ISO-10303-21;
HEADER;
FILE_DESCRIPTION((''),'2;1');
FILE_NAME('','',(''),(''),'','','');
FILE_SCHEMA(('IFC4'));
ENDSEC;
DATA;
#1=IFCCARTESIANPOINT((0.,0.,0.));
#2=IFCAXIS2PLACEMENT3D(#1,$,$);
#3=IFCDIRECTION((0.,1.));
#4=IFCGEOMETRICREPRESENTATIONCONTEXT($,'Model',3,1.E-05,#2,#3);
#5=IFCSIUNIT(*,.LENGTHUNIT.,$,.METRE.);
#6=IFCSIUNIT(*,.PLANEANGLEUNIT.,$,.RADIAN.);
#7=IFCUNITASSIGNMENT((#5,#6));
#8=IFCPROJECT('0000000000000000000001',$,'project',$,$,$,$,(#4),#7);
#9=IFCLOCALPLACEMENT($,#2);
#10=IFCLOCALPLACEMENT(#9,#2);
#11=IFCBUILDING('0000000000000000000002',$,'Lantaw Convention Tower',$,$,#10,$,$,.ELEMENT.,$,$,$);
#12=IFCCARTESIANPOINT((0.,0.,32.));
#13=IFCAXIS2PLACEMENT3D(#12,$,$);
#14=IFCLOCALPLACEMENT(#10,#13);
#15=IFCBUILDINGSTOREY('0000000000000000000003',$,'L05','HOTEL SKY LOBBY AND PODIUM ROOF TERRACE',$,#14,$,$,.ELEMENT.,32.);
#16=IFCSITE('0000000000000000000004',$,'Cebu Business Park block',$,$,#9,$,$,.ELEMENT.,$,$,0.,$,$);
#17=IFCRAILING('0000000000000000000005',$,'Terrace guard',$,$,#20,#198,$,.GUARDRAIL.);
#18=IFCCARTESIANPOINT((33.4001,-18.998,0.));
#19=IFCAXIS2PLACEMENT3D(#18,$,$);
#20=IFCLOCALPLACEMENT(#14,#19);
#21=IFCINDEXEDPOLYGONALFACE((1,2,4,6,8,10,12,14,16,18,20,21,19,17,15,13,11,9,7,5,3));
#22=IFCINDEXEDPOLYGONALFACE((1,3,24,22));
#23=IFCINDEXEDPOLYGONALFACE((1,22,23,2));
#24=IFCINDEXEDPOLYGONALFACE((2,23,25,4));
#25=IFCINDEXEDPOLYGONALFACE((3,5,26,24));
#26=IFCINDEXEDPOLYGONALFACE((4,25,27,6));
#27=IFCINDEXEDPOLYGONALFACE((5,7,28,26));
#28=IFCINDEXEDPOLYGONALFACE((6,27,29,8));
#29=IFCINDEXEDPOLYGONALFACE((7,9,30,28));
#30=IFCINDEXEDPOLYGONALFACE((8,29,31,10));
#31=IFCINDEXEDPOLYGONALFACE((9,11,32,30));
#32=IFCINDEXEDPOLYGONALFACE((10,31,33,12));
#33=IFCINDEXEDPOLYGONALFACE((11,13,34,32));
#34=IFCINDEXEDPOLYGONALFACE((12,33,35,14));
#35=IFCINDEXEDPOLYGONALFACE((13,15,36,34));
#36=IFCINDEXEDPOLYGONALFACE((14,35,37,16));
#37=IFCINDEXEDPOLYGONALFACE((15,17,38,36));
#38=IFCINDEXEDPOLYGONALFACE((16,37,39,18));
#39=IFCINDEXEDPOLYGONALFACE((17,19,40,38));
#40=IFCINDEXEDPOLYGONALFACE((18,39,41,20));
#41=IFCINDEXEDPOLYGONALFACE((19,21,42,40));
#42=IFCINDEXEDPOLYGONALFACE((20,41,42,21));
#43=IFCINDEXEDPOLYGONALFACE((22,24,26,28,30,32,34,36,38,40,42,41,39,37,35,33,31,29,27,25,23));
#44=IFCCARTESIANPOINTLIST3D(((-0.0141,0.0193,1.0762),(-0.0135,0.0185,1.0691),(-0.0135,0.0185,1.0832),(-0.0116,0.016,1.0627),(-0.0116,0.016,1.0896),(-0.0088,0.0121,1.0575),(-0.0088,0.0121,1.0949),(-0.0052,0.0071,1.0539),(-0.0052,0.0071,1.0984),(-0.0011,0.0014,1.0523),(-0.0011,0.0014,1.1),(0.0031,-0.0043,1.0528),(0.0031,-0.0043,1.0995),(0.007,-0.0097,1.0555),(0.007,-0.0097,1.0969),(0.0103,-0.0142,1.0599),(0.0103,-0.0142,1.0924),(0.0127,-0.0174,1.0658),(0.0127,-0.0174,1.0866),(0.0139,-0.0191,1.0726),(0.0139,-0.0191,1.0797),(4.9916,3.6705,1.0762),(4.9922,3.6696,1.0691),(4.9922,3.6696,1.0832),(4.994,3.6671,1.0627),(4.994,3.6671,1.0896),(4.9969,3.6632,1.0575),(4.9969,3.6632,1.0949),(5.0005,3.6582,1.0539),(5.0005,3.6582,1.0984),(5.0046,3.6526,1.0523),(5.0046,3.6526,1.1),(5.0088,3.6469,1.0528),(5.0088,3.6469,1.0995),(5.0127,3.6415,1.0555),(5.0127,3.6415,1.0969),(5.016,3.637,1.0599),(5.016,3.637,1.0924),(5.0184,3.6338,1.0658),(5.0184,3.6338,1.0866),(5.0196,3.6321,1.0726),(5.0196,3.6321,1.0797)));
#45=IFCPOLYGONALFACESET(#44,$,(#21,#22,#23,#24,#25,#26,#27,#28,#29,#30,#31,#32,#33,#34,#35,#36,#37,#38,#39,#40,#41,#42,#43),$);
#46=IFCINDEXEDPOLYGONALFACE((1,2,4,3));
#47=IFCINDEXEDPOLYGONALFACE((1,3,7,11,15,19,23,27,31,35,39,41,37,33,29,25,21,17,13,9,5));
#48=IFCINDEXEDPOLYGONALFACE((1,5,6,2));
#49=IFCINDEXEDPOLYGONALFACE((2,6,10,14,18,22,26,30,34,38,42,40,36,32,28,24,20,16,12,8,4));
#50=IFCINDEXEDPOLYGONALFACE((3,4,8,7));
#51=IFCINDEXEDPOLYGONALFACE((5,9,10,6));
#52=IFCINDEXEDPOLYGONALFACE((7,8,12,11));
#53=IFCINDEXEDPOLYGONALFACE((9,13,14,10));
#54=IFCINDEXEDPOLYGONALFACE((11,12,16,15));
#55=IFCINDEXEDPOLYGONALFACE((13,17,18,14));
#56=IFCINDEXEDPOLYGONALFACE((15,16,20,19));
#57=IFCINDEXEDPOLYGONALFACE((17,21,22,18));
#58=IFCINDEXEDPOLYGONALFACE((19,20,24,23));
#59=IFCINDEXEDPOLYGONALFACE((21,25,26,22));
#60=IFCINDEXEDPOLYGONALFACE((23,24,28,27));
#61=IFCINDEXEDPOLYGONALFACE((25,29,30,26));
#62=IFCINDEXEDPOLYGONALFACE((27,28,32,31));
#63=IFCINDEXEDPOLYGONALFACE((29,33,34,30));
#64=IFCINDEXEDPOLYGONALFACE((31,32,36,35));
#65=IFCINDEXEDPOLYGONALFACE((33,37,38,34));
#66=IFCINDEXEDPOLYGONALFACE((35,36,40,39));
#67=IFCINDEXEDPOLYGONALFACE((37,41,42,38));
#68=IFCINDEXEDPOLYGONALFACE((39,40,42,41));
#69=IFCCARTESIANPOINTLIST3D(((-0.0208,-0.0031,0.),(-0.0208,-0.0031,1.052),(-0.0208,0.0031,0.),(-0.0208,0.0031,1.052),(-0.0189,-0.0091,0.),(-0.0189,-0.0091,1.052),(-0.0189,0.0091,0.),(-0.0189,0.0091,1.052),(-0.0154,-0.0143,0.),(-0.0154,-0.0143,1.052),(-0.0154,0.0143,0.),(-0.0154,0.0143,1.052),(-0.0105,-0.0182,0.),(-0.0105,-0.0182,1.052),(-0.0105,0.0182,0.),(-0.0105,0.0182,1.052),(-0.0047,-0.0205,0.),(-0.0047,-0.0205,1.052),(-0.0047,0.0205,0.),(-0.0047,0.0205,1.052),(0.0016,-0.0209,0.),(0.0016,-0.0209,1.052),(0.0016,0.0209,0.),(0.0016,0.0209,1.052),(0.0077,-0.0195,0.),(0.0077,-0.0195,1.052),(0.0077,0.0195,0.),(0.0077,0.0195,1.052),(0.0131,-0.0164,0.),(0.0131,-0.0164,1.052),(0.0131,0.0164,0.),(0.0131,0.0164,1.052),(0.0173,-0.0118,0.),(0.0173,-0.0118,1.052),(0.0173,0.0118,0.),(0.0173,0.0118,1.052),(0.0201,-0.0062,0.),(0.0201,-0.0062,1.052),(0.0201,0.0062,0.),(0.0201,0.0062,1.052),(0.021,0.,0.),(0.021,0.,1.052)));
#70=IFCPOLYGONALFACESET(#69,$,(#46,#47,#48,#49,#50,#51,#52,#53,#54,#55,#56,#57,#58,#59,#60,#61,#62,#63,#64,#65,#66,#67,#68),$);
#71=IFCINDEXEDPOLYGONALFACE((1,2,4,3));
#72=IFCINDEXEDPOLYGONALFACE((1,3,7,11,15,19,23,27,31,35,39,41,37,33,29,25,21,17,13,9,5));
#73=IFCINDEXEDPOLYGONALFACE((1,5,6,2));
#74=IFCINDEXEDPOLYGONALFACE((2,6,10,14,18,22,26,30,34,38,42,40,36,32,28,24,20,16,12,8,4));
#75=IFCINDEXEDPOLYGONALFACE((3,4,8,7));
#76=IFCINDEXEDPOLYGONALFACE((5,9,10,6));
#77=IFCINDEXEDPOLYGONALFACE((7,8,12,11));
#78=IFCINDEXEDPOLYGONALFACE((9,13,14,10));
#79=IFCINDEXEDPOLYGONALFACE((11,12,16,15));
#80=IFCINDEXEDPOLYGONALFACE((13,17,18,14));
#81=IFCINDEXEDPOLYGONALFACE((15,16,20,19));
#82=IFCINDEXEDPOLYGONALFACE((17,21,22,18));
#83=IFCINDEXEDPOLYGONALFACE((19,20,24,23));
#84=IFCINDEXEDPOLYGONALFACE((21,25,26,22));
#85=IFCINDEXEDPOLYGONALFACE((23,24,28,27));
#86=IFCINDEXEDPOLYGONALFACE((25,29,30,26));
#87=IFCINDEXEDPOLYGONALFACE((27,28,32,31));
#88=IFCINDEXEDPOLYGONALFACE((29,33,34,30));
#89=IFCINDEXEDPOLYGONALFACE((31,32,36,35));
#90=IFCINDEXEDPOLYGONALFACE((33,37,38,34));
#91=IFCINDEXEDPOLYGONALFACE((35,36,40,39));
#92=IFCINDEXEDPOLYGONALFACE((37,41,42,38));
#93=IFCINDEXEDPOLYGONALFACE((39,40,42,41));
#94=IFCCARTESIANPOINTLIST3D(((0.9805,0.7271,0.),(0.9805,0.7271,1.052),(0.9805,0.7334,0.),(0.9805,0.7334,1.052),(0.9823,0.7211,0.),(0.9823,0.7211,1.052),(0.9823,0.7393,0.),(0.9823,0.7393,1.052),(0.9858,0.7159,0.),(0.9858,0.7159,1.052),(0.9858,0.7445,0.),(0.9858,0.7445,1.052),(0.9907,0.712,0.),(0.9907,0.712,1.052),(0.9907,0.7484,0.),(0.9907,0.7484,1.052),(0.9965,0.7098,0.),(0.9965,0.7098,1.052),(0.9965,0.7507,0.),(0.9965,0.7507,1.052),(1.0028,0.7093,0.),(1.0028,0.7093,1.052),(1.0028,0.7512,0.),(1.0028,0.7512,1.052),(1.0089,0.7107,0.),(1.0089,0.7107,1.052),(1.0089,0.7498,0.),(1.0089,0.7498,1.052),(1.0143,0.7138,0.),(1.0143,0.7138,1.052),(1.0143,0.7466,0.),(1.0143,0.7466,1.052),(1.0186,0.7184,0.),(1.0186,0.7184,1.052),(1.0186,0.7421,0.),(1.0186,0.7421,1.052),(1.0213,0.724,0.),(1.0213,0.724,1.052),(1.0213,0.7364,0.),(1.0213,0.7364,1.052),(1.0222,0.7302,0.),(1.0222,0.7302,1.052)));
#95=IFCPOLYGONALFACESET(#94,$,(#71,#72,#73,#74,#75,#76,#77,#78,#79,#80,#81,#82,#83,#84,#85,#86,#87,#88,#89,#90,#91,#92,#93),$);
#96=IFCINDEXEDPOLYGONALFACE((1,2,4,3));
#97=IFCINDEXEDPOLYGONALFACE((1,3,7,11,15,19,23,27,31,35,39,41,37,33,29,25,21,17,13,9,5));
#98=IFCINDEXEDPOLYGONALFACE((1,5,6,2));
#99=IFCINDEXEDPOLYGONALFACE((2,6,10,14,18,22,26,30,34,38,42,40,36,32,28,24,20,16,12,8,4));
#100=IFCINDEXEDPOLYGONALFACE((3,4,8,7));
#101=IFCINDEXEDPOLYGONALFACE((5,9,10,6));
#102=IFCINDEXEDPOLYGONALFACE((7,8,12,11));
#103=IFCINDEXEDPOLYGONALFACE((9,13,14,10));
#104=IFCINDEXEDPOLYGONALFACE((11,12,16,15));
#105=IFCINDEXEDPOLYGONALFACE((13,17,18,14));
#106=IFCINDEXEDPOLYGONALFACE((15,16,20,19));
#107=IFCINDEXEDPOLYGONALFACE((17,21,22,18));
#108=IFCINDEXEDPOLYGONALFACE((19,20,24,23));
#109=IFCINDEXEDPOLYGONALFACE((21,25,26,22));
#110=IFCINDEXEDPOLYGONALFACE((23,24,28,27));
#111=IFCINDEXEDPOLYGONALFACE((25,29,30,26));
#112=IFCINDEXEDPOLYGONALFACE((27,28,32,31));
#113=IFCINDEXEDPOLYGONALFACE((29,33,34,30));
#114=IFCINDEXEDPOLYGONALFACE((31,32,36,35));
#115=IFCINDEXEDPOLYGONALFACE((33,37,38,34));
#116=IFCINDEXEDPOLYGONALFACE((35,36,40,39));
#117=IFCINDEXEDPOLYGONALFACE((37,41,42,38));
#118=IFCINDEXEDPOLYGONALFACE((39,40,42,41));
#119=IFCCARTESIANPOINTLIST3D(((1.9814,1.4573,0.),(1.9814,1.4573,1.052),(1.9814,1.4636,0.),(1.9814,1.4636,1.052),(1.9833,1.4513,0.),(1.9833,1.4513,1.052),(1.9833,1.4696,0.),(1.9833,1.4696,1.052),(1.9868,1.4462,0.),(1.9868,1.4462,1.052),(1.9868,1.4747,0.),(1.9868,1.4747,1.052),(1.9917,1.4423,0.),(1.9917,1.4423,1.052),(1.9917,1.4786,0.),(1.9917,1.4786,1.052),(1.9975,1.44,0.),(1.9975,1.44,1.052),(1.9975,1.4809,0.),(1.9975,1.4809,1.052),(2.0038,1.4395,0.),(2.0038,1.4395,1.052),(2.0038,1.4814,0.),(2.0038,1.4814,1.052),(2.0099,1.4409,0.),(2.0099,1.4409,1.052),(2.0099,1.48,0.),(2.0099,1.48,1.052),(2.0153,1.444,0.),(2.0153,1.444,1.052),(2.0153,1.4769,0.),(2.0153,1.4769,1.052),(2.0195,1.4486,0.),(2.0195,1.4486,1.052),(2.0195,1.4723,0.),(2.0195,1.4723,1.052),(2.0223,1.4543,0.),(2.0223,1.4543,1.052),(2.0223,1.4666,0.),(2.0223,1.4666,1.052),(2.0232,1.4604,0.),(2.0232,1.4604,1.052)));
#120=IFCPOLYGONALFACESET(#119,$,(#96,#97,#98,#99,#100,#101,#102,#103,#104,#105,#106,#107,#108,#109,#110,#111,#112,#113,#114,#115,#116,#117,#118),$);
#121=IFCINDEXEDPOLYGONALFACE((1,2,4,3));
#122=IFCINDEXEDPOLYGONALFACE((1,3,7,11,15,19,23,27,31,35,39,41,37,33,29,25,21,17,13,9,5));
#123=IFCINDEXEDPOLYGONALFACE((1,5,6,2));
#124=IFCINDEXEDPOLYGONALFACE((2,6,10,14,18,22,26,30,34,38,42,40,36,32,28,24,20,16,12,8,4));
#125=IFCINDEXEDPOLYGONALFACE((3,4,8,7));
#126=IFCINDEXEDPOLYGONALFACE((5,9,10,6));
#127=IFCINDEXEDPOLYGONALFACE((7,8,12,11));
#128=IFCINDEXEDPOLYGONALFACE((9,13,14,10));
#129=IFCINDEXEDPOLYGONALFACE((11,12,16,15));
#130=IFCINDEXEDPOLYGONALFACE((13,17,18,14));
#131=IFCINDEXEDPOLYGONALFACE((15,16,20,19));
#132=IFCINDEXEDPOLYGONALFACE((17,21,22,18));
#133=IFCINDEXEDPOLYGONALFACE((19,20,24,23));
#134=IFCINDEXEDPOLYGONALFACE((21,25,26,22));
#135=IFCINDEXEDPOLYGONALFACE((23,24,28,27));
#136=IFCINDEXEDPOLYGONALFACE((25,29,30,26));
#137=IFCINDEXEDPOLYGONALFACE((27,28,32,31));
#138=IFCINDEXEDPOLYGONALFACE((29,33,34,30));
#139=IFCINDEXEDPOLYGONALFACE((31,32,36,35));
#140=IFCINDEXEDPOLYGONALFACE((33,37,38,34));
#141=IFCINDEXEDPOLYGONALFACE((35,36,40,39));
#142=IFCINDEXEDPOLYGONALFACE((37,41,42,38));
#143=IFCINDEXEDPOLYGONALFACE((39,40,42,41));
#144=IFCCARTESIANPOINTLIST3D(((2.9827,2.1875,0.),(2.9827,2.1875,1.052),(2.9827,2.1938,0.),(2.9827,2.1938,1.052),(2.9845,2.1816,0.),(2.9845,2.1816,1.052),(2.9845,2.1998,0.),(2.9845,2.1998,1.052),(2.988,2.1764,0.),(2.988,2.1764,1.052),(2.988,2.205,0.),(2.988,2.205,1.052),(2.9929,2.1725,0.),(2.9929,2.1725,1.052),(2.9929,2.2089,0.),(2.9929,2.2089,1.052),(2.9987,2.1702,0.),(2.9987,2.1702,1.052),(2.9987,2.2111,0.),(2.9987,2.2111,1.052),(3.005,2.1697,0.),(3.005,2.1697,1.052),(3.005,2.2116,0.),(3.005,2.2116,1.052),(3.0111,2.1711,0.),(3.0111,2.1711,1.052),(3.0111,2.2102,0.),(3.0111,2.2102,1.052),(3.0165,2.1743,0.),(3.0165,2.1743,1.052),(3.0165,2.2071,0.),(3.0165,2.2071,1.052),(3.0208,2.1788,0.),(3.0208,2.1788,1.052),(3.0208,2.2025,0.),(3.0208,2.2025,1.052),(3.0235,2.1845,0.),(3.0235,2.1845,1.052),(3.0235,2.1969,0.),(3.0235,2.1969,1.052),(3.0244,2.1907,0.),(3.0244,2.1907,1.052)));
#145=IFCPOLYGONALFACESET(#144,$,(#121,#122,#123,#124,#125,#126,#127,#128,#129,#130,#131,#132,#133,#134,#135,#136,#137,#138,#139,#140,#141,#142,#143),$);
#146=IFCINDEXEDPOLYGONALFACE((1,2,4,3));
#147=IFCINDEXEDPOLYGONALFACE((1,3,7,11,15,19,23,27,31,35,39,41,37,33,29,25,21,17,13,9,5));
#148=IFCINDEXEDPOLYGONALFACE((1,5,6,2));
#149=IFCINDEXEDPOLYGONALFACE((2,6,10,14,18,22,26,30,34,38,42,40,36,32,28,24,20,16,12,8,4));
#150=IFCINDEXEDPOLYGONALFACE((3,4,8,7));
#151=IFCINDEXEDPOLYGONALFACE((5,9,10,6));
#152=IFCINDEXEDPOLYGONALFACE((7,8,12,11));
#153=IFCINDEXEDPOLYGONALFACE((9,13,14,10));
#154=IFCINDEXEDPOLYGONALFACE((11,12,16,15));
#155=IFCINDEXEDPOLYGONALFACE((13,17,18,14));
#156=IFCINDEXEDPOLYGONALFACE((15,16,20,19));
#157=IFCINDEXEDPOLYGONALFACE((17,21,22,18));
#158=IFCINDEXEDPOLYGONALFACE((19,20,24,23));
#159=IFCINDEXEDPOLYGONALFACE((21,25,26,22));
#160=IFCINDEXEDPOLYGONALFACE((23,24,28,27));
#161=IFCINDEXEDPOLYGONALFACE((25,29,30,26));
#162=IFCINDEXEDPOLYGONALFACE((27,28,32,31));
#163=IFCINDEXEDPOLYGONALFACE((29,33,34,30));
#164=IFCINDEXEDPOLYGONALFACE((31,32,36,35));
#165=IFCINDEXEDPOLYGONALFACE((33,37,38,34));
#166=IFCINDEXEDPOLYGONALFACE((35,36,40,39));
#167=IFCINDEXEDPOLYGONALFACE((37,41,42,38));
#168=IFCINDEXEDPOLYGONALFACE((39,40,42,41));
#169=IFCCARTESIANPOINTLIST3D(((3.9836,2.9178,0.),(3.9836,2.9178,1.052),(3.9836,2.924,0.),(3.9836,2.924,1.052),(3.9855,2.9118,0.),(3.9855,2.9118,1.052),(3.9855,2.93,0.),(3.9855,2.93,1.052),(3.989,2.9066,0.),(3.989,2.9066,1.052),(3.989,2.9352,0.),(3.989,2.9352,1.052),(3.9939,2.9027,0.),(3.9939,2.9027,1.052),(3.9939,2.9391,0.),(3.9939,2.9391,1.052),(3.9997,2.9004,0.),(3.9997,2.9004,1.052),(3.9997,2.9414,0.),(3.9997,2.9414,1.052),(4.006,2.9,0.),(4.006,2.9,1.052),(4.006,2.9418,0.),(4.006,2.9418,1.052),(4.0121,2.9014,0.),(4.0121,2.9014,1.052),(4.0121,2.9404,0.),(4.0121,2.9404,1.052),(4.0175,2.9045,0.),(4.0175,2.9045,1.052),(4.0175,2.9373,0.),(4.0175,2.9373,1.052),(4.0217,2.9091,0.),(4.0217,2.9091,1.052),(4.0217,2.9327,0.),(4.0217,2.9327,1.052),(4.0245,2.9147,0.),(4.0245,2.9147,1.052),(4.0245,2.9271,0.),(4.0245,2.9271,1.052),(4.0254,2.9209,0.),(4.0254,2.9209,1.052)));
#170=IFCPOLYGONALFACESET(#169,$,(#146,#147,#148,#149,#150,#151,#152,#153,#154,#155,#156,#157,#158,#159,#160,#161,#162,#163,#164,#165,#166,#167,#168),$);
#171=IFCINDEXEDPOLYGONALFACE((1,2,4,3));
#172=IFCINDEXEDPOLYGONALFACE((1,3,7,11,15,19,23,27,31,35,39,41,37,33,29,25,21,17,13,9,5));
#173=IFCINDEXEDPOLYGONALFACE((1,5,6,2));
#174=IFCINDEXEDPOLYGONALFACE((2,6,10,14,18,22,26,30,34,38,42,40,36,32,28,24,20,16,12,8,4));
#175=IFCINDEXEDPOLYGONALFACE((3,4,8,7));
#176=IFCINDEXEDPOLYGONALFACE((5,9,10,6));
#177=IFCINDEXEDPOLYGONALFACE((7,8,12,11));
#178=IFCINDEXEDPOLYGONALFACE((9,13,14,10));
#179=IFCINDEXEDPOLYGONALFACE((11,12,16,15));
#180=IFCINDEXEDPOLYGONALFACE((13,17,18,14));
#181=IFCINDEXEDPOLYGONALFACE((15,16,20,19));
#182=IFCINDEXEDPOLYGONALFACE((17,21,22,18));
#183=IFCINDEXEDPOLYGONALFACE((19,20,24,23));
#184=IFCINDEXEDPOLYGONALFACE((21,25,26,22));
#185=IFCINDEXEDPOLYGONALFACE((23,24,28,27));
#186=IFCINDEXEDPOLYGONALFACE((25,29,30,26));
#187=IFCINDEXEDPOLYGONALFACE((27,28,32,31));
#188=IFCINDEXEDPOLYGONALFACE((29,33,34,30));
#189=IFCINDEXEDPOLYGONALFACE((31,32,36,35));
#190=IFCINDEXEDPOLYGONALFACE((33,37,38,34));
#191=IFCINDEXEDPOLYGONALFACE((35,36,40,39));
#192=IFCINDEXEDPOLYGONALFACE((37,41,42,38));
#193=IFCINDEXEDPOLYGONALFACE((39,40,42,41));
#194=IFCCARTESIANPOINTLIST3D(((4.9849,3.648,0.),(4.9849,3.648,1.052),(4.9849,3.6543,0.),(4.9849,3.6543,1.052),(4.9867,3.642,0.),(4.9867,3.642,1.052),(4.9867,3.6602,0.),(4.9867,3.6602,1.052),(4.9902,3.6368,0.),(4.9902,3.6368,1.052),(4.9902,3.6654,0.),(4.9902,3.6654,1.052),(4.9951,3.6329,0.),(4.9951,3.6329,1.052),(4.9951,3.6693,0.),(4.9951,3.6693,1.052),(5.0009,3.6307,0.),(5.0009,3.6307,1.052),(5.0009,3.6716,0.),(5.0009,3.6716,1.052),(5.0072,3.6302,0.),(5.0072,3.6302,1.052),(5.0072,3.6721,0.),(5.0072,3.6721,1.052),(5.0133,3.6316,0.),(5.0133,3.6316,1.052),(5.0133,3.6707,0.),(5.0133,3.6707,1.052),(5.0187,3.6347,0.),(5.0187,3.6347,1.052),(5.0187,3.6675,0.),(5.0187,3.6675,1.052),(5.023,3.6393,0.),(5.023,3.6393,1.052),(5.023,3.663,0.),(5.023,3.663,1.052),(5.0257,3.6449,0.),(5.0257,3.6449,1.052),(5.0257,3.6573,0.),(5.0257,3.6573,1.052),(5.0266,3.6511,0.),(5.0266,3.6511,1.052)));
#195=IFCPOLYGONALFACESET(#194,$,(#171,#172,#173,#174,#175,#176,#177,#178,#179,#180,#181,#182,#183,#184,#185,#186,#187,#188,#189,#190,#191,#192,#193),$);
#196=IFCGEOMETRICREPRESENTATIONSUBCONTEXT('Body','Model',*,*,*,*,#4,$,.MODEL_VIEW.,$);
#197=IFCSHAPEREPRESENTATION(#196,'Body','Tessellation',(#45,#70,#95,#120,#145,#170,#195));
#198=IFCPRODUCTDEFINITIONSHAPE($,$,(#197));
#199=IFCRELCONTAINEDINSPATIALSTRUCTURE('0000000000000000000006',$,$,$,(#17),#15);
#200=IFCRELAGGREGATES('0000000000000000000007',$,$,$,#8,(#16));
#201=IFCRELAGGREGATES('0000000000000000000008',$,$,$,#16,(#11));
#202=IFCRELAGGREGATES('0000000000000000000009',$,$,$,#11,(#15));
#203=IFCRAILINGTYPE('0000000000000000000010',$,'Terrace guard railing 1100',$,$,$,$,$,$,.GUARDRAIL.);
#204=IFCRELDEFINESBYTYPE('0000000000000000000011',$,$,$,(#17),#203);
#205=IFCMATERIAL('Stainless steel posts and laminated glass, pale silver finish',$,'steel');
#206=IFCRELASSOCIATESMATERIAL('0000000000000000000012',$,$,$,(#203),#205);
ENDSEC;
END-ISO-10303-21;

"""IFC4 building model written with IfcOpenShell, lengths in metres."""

from ifc_helpers import new_model, si_unit, direction, frame, origin, origin_2d, place, context, subcontext, project, spatial, circle, extrude, material, type_object, element, save


model = new_model("IFC4")

# Units and contexts
model_context = context("Model", 3, precision=1e-05, world=origin(), true_north=direction((0.0, 1.0)))
body_context = subcontext(model_context, "Body", "Model", "MODEL_VIEW")
ifc_project = project(units=[si_unit("LENGTHUNIT", "METRE"), si_unit("PLANEANGLEUNIT", "RADIAN")], contexts=[model_context])

# Site, building, storey
site_placement = place(None, origin())
site = spatial("IfcSite", under=ifc_project, at=site_placement, Name="Cebu Business Park block", CompositionType="ELEMENT", RefElevation=0.0)
building_placement = place(site_placement, origin())
building = spatial("IfcBuilding", under=site, at=building_placement, Name="Lantaw Convention Tower", CompositionType="ELEMENT")
storey_placement = place(building_placement, frame((0.0, 0.0, 32.0)))
storey = spatial("IfcBuildingStorey", under=building, at=storey_placement, Name="L05", Description="HOTEL SKY LOBBY AND PODIUM ROOF TERRACE", CompositionType="ELEMENT", Elevation=32.0)

# Railing
ifc_material_1 = material(Name="Stainless steel posts and laminated glass, pale silver finish", Category="steel")
railing_type_1 = type_object("IfcRailingType", Name="Terrace guard railing 1100", PredefinedType="GUARDRAIL", material=ifc_material_1)
railing_1_placement = place(storey_placement, frame((33.4001, -18.998, 0.0)))
element("IfcRailing", 1, at=railing_1_placement, inside=storey, type_object=railing_type_1, Name="Terrace guard", PredefinedType="GUARDRAIL", context=body_context, shape_type="SweptSolid", body=[
    extrude(circle(Radius=0.0239, at=origin_2d()), frame((0.0, 0.0, 1.0762), z_axis=(0.807916, 0.589298, 0.0), x_axis=(-0.589298, 0.807916, 0.0)), (0.0, 0.0, 1.0), 6.1958),
    extrude(circle(Radius=0.021, at=origin_2d()), origin(), (0.0, 0.0, 1.0), 1.052),
    extrude(circle(Radius=0.021, at=origin_2d()), frame((1.0012, 0.7302, 0.0)), (0.0, 0.0, 1.0), 1.052),
    extrude(circle(Radius=0.021, at=origin_2d()), frame((2.0022, 1.4604, 0.0)), (0.0, 0.0, 1.0), 1.052),
    extrude(circle(Radius=0.021, at=origin_2d()), frame((3.0034, 2.1907, 0.0)), (0.0, 0.0, 1.0), 1.052),
    extrude(circle(Radius=0.021, at=origin_2d()), frame((4.0044, 2.9209, 0.0)), (0.0, 0.0, 1.0), 1.052),
    extrude(circle(Radius=0.021, at=origin_2d()), frame((5.0056, 3.6511, 0.0)), (0.0, 0.0, 1.0), 1.052),
])

save(model, "model.ifc")
